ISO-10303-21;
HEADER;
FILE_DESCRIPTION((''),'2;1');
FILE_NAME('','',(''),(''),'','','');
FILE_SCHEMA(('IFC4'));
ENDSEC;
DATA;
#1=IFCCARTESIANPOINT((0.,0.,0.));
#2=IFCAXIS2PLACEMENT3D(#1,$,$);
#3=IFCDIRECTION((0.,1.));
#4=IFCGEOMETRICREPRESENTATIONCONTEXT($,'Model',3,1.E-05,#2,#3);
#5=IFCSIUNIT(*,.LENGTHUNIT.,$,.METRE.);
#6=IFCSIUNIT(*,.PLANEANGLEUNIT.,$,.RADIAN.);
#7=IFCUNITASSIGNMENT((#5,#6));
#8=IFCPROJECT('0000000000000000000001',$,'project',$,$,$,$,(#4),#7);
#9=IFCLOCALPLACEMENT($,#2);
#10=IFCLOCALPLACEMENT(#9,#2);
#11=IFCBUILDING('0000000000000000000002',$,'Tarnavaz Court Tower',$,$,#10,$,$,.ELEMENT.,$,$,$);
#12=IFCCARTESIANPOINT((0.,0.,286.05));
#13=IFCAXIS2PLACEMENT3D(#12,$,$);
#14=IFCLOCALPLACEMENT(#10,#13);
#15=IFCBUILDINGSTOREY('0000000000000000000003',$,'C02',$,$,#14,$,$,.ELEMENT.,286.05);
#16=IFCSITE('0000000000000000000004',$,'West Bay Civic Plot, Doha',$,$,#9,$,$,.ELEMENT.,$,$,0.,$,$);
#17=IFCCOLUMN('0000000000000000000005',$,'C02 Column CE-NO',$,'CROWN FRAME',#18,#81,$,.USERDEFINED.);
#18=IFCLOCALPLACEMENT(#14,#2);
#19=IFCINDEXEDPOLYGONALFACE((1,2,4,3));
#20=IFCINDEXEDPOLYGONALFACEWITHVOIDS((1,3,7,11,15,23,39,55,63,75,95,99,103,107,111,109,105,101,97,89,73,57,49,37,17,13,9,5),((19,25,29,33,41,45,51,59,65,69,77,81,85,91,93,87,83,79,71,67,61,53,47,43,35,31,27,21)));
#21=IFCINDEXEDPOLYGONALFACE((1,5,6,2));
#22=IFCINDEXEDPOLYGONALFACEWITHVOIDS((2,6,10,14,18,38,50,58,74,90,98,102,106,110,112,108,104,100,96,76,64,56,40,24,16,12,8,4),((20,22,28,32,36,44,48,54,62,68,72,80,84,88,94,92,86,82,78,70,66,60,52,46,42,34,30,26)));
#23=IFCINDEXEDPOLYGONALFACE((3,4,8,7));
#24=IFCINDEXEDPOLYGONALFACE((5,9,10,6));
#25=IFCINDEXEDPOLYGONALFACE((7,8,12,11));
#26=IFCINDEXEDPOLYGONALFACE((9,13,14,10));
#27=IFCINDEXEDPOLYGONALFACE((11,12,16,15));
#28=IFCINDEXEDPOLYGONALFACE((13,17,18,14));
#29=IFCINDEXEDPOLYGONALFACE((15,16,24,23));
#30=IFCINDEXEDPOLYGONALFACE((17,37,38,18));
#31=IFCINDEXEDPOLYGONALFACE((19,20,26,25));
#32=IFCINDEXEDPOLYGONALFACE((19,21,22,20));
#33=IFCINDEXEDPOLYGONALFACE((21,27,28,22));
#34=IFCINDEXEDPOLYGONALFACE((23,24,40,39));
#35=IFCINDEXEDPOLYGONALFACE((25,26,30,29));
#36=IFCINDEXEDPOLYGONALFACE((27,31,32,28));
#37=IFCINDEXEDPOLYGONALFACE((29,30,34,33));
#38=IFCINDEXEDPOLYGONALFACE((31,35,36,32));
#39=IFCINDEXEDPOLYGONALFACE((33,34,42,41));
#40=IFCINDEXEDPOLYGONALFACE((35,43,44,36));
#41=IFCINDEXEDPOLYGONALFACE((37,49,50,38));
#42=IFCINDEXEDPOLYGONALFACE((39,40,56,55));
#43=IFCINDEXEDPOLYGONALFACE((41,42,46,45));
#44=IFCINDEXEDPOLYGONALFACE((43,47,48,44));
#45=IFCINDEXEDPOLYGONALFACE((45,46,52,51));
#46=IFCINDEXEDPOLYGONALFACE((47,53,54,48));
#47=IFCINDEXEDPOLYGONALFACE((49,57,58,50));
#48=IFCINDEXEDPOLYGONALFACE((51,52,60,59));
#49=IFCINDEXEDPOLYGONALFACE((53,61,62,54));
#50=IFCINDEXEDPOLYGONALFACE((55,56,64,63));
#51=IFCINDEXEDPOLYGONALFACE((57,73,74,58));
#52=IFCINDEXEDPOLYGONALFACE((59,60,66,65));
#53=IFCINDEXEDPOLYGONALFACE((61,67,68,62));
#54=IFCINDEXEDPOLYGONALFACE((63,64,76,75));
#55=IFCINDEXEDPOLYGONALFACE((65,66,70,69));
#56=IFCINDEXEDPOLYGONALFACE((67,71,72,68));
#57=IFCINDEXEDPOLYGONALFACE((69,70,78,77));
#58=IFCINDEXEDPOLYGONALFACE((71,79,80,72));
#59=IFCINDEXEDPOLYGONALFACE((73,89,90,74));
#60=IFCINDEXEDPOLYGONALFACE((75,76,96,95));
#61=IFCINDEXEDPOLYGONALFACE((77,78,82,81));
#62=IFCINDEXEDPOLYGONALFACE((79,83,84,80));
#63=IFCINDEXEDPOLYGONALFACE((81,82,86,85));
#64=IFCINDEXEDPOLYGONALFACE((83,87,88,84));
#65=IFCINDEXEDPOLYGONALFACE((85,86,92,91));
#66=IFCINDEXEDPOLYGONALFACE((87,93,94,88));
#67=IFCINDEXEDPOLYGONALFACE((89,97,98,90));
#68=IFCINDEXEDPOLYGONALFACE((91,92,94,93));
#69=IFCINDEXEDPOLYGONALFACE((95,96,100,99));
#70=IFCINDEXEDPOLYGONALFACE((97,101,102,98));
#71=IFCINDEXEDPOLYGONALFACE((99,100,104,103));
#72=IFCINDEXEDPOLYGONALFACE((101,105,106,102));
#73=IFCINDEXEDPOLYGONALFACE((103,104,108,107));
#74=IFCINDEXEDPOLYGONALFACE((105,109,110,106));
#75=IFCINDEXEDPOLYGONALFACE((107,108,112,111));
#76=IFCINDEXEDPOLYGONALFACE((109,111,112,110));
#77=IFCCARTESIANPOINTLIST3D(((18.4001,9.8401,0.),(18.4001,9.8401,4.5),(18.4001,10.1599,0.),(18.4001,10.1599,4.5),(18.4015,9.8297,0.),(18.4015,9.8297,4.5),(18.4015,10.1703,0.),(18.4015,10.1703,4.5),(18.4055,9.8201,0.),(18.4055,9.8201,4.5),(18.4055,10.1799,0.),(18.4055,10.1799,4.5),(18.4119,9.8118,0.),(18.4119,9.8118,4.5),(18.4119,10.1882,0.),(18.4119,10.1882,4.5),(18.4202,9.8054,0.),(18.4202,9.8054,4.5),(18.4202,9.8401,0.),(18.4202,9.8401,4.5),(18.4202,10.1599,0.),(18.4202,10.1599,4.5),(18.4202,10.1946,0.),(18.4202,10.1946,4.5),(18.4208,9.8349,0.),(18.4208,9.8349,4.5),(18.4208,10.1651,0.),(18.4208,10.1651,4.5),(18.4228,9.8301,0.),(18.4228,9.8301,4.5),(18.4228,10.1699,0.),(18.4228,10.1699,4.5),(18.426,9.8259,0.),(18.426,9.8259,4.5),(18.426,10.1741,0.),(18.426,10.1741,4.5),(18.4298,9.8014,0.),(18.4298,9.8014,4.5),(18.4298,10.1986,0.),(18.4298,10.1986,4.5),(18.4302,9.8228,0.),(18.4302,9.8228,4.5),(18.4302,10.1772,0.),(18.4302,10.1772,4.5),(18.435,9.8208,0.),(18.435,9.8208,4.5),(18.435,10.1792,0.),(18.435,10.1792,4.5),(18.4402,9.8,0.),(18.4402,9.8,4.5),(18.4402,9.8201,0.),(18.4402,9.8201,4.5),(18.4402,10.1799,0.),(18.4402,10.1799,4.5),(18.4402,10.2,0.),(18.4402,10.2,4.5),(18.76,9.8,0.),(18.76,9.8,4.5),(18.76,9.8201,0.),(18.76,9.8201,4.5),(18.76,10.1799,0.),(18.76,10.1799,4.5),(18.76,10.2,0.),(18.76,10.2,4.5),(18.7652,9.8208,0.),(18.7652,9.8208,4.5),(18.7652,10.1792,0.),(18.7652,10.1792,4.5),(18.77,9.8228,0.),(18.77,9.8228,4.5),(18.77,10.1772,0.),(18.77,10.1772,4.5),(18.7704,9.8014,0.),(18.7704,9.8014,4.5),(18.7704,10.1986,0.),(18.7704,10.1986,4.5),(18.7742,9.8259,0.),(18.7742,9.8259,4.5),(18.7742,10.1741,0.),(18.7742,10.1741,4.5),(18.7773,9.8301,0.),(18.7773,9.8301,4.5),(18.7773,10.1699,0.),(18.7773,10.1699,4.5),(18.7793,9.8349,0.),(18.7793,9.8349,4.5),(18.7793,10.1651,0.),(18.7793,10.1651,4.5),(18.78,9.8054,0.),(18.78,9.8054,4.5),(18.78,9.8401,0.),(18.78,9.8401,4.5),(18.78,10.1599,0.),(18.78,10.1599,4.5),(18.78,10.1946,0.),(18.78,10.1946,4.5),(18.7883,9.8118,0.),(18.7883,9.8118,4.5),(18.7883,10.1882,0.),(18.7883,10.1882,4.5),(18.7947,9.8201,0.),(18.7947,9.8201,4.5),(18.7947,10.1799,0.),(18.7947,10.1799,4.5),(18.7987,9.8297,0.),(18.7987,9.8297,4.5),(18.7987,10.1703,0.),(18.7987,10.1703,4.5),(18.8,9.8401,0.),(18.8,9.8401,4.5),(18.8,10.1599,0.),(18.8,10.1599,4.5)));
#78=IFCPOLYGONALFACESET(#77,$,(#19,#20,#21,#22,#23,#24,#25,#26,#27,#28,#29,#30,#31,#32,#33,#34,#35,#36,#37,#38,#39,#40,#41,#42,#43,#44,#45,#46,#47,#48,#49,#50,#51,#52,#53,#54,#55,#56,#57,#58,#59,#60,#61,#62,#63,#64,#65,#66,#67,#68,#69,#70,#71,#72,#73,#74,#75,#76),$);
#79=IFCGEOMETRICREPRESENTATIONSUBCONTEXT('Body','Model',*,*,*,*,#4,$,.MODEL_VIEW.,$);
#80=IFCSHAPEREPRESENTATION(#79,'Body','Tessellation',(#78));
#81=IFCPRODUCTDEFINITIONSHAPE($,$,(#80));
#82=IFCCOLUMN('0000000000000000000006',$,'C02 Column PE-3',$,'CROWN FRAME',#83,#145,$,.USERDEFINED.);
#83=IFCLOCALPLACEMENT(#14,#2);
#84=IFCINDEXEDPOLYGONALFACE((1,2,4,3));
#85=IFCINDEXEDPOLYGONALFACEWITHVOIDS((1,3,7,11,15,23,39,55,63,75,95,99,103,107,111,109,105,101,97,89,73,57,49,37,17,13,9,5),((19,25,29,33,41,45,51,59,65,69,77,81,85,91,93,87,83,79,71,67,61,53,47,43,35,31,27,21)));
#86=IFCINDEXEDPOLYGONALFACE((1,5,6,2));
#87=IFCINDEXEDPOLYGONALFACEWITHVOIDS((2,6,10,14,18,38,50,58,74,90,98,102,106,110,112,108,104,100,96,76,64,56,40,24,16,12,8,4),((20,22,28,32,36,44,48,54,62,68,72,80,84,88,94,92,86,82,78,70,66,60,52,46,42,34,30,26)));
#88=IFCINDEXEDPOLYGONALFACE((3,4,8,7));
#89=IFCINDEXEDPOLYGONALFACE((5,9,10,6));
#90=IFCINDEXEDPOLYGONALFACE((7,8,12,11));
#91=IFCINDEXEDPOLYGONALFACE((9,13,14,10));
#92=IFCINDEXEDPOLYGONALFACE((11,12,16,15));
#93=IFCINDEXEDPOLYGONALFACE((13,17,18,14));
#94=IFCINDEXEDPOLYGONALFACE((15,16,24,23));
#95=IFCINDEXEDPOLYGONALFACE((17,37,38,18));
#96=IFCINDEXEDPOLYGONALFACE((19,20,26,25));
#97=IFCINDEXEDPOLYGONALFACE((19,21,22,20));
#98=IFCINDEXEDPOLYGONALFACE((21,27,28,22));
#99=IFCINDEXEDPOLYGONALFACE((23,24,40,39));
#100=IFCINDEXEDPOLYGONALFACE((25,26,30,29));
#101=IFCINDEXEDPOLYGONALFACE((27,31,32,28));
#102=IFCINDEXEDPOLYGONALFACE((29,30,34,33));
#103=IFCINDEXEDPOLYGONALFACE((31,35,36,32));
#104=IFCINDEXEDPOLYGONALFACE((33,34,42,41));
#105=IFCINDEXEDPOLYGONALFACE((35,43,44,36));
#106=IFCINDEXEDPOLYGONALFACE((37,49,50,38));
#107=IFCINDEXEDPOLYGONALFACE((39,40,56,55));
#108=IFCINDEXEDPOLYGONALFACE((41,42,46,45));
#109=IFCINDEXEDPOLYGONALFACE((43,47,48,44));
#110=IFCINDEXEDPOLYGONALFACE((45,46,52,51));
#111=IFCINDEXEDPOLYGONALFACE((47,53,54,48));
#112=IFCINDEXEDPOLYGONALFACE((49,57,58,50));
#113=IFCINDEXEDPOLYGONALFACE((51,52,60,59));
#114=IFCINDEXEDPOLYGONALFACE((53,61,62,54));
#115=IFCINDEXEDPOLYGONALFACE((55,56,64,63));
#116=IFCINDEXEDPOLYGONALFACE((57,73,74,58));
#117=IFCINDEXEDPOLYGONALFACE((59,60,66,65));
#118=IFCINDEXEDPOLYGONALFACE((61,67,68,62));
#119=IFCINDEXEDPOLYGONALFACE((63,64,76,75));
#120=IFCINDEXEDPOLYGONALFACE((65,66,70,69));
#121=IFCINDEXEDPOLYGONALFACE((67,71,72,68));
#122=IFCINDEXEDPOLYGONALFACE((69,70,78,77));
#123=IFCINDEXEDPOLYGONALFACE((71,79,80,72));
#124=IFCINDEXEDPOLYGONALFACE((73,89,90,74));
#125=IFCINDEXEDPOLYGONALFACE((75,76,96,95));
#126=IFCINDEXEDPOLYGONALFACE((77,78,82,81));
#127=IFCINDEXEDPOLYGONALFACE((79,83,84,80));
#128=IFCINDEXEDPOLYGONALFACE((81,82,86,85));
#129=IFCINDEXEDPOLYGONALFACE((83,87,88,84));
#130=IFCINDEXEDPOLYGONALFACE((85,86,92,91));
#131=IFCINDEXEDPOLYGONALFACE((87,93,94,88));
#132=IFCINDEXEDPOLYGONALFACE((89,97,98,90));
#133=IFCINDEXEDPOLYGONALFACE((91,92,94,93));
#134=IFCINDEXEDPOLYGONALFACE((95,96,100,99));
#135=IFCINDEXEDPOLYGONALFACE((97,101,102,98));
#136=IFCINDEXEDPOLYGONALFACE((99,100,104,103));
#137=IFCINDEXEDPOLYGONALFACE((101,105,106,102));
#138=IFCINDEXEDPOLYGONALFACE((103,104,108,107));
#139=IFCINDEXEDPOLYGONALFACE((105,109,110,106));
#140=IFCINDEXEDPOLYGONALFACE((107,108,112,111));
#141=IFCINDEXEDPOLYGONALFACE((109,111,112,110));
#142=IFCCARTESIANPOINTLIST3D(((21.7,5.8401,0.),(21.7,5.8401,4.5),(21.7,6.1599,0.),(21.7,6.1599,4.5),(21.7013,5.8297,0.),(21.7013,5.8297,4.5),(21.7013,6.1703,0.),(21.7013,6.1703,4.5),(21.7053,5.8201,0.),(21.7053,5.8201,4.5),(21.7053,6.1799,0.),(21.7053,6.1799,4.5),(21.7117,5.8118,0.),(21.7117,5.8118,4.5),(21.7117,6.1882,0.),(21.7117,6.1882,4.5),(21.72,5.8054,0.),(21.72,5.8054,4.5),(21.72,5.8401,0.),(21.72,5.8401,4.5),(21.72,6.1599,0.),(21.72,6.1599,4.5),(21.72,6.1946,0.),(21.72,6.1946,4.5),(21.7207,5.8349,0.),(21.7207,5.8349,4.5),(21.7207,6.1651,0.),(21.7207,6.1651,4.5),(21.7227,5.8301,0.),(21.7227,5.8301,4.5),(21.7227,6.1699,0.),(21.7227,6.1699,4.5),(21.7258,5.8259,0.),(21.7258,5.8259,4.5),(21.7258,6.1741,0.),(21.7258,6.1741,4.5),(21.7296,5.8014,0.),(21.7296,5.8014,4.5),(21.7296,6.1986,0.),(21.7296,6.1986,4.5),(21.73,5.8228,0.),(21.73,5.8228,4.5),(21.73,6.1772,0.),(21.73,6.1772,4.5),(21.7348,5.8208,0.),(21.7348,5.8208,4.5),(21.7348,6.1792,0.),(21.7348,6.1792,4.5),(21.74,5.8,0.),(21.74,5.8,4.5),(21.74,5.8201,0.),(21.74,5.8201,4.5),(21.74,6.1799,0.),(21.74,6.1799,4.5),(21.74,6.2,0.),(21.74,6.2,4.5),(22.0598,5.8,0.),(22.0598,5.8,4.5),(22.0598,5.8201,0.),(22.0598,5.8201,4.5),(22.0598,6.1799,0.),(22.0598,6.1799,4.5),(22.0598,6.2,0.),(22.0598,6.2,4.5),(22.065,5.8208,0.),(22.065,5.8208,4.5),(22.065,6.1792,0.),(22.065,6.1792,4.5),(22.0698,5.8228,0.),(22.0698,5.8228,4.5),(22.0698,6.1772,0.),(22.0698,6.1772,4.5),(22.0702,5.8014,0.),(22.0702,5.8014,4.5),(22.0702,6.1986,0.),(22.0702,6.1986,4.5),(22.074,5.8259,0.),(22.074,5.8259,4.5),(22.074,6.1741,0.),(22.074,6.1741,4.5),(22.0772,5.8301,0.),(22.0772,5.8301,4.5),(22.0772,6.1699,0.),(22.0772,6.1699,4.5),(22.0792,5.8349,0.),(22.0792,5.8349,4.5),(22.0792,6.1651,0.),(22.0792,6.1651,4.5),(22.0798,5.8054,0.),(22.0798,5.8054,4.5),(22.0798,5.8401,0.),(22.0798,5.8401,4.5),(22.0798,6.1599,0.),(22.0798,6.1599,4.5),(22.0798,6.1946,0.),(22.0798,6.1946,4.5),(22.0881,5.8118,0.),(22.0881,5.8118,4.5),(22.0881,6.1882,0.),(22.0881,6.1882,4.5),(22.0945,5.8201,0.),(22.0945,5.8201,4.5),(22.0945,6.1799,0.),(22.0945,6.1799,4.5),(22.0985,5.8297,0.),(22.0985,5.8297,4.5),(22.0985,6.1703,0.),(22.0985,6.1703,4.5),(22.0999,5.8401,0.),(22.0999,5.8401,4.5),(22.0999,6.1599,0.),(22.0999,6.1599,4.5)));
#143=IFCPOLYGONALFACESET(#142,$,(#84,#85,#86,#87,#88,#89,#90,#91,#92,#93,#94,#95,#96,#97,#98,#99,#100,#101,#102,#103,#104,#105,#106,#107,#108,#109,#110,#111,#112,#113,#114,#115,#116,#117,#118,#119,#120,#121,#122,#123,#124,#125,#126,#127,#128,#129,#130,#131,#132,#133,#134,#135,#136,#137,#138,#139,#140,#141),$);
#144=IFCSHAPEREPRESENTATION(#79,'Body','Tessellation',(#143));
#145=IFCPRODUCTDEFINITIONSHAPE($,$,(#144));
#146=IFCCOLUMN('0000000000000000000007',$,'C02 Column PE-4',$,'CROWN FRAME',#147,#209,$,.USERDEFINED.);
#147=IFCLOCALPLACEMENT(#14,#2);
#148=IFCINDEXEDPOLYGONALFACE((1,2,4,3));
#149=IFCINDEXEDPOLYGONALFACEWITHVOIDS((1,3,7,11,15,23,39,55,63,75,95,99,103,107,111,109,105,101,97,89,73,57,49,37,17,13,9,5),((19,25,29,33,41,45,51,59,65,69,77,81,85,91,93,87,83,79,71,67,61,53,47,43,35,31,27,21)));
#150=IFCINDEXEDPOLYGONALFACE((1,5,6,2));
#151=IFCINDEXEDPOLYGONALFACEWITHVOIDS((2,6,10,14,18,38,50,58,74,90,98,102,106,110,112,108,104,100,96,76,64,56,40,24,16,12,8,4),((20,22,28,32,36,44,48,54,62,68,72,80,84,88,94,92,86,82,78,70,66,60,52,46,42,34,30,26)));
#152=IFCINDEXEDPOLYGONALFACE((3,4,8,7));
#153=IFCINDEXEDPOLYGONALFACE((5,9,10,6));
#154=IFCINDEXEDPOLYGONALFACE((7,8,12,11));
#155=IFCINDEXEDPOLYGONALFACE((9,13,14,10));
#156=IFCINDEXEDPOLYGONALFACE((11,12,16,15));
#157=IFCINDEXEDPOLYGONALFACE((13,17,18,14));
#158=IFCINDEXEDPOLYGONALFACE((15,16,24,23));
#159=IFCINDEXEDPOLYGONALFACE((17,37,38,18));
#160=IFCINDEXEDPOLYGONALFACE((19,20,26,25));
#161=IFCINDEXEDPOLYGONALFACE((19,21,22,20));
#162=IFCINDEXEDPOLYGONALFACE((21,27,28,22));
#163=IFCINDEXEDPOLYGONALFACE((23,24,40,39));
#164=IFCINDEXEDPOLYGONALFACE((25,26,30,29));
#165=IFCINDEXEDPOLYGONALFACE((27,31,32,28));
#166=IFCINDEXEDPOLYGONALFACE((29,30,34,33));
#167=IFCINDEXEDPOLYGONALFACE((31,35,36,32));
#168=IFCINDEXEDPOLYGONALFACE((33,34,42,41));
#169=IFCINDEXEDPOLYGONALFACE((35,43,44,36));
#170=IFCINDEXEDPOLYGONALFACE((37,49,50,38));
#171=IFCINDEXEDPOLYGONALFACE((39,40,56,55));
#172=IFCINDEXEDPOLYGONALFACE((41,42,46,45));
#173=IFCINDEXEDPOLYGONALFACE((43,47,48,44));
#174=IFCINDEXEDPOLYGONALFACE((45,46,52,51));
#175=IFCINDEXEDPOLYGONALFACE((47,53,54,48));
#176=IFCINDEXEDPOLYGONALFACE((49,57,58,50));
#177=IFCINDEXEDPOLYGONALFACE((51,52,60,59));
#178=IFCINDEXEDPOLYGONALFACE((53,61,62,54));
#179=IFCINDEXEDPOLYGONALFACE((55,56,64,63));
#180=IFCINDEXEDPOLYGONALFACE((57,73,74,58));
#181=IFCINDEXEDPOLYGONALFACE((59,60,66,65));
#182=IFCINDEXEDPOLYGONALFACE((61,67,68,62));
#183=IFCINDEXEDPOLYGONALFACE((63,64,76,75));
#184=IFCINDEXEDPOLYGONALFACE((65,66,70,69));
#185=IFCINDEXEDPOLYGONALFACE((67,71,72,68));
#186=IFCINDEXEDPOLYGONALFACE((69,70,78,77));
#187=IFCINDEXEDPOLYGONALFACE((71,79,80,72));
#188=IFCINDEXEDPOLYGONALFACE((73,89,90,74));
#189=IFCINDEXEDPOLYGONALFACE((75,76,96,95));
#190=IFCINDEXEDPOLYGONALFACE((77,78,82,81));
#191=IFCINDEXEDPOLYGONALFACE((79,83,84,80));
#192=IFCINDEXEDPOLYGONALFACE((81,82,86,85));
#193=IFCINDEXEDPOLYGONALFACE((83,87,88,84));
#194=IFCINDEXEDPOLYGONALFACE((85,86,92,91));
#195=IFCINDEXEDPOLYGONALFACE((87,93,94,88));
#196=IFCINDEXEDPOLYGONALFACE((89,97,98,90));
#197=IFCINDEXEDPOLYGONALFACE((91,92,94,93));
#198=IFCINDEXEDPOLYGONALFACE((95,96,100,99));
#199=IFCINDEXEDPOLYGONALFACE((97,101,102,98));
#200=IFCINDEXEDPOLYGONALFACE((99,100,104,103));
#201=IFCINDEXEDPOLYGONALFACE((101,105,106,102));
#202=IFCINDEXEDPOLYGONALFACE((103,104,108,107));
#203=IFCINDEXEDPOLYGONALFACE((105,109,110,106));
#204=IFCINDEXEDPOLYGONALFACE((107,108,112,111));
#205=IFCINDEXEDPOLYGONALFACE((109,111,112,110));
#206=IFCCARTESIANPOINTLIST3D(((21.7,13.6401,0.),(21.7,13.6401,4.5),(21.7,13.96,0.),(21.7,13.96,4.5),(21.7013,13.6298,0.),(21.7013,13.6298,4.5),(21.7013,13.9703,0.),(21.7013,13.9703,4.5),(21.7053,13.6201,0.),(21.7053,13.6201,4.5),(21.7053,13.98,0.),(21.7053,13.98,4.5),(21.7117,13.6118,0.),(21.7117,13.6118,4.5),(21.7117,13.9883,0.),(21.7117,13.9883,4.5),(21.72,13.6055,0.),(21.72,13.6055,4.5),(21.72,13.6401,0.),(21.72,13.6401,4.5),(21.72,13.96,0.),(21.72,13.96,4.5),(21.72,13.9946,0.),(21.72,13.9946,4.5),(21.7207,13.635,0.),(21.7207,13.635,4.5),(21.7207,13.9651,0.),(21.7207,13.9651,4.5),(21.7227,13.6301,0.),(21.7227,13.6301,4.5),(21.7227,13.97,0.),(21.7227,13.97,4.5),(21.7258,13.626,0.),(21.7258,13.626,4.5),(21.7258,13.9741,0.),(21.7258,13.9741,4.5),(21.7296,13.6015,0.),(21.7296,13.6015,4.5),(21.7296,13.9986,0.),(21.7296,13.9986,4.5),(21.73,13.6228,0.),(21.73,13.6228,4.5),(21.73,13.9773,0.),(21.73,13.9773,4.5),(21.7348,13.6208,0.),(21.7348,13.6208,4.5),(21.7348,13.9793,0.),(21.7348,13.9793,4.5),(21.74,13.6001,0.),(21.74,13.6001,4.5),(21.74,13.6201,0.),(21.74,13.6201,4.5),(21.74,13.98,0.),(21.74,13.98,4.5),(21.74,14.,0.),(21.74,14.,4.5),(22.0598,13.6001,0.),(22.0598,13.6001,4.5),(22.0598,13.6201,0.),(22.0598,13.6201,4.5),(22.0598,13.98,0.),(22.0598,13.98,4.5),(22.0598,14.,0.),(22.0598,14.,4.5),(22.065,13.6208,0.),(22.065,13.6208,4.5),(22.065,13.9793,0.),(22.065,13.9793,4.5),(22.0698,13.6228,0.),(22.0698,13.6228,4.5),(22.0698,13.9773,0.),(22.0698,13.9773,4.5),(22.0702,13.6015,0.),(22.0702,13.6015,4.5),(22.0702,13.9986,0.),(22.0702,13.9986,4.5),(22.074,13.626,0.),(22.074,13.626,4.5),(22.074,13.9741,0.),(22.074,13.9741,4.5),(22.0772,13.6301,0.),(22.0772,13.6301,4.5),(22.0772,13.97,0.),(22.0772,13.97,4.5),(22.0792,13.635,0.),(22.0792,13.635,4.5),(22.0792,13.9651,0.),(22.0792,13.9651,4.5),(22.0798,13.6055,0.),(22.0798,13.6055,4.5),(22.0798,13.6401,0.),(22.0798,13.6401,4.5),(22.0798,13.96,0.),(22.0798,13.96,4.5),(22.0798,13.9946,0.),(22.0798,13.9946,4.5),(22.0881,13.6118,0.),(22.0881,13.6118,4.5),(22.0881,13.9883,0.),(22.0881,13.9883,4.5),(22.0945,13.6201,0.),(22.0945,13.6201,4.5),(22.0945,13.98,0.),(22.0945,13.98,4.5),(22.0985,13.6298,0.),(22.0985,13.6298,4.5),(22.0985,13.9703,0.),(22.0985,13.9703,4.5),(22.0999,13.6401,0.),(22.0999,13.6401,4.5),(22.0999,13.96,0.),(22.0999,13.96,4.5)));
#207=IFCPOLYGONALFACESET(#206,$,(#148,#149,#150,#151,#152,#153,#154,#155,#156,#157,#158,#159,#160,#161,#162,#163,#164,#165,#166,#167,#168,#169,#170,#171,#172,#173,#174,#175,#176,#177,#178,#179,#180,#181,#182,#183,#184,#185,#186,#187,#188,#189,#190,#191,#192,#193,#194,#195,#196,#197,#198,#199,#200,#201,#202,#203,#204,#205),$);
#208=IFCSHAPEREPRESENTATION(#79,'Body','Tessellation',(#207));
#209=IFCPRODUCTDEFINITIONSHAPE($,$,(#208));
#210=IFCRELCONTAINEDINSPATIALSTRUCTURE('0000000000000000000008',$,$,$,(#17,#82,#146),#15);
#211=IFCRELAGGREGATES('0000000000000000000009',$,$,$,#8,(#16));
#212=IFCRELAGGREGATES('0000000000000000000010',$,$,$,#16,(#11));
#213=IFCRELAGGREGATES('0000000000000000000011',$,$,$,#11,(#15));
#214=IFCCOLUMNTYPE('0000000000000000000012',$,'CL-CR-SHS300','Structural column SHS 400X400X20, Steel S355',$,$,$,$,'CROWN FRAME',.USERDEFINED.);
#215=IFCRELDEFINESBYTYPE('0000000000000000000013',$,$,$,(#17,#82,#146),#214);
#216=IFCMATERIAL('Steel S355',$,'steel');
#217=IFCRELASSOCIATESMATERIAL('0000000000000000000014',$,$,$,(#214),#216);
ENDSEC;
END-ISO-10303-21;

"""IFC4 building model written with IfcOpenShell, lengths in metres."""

from ifc_helpers import new_model, si_unit, direction, frame, origin, origin_2d, place, context, subcontext, project, spatial, hollow_rectangle, extrude, material, material_profile, profile_set, type_object, element, save


model = new_model("IFC4")

# Units and contexts
model_context = context("Model", 3, precision=1e-05, world=origin(), true_north=direction((0.0, 1.0)))
body_context = subcontext(model_context, "Body", "Model", "MODEL_VIEW")
ifc_project = project(units=[si_unit("LENGTHUNIT", "METRE"), si_unit("PLANEANGLEUNIT", "RADIAN")], contexts=[model_context])

# Site, building, storey
site_placement = place(None, origin())
site = spatial("IfcSite", under=ifc_project, at=site_placement, Name="West Bay Civic Plot, Doha", CompositionType="ELEMENT", RefElevation=0.0)
building_placement = place(site_placement, origin())
building = spatial("IfcBuilding", under=site, at=building_placement, Name="Tarnavaz Court Tower", CompositionType="ELEMENT")
storey_placement = place(building_placement, frame((0.0, 0.0, 286.05)))
storey = spatial("IfcBuildingStorey", under=building, at=storey_placement, Name="C02", CompositionType="ELEMENT", Elevation=286.05)

# Columns
ifc_material_1 = material(Name="Steel S355", Category="steel")
ifc_material_profile_1 = material_profile(ifc_material_1, hollow_rectangle(XDim=0.3999, YDim=0.3999, WallThickness=0.02, InnerFilletRadius=0.02, OuterFilletRadius=0.04, at=origin_2d()), Name="SHS 400X400X20")
ifc_profile_set_1 = profile_set([ifc_material_profile_1], Name="Steel S355")
column_type = type_object("IfcColumnType", Name="CL-CR-SHS300", Description="Structural column SHS 400X400X20, Steel S355", ElementType="CROWN FRAME", PredefinedType="USERDEFINED", material=ifc_profile_set_1)
for number, where, z_axis, x_axis, name in (
    (1, (18.6001, 10.0, 0.0), (0.0, 0.0, 1.0), (1.0, 0.0, 0.0), "C02 Column CE-NO"),
    (2, (21.8999, 6.0, 0.0), (0.0, 0.0, 1.0), (1.0, 0.0, 0.0), "C02 Column PE-3"),
    (3, (21.8999, 13.8, 0.0), (0.0, 0.0, 1.0), (1.0, 0.0, 0.0), "C02 Column PE-4"),
):
    element("IfcColumn", number, at=place(storey_placement, frame(where, z_axis=z_axis, x_axis=x_axis)), inside=storey, type_object=column_type, Name=name, ObjectType="CROWN FRAME", PredefinedType="USERDEFINED", context=body_context, shape_type="SweptSolid", body=[
        extrude(hollow_rectangle(XDim=0.3999, YDim=0.3999, WallThickness=0.02, InnerFilletRadius=0.02, OuterFilletRadius=0.04, at=origin_2d()), origin(), (0.0, 0.0, 1.0), 4.5),
    ])

save(model, "model.ifc")
